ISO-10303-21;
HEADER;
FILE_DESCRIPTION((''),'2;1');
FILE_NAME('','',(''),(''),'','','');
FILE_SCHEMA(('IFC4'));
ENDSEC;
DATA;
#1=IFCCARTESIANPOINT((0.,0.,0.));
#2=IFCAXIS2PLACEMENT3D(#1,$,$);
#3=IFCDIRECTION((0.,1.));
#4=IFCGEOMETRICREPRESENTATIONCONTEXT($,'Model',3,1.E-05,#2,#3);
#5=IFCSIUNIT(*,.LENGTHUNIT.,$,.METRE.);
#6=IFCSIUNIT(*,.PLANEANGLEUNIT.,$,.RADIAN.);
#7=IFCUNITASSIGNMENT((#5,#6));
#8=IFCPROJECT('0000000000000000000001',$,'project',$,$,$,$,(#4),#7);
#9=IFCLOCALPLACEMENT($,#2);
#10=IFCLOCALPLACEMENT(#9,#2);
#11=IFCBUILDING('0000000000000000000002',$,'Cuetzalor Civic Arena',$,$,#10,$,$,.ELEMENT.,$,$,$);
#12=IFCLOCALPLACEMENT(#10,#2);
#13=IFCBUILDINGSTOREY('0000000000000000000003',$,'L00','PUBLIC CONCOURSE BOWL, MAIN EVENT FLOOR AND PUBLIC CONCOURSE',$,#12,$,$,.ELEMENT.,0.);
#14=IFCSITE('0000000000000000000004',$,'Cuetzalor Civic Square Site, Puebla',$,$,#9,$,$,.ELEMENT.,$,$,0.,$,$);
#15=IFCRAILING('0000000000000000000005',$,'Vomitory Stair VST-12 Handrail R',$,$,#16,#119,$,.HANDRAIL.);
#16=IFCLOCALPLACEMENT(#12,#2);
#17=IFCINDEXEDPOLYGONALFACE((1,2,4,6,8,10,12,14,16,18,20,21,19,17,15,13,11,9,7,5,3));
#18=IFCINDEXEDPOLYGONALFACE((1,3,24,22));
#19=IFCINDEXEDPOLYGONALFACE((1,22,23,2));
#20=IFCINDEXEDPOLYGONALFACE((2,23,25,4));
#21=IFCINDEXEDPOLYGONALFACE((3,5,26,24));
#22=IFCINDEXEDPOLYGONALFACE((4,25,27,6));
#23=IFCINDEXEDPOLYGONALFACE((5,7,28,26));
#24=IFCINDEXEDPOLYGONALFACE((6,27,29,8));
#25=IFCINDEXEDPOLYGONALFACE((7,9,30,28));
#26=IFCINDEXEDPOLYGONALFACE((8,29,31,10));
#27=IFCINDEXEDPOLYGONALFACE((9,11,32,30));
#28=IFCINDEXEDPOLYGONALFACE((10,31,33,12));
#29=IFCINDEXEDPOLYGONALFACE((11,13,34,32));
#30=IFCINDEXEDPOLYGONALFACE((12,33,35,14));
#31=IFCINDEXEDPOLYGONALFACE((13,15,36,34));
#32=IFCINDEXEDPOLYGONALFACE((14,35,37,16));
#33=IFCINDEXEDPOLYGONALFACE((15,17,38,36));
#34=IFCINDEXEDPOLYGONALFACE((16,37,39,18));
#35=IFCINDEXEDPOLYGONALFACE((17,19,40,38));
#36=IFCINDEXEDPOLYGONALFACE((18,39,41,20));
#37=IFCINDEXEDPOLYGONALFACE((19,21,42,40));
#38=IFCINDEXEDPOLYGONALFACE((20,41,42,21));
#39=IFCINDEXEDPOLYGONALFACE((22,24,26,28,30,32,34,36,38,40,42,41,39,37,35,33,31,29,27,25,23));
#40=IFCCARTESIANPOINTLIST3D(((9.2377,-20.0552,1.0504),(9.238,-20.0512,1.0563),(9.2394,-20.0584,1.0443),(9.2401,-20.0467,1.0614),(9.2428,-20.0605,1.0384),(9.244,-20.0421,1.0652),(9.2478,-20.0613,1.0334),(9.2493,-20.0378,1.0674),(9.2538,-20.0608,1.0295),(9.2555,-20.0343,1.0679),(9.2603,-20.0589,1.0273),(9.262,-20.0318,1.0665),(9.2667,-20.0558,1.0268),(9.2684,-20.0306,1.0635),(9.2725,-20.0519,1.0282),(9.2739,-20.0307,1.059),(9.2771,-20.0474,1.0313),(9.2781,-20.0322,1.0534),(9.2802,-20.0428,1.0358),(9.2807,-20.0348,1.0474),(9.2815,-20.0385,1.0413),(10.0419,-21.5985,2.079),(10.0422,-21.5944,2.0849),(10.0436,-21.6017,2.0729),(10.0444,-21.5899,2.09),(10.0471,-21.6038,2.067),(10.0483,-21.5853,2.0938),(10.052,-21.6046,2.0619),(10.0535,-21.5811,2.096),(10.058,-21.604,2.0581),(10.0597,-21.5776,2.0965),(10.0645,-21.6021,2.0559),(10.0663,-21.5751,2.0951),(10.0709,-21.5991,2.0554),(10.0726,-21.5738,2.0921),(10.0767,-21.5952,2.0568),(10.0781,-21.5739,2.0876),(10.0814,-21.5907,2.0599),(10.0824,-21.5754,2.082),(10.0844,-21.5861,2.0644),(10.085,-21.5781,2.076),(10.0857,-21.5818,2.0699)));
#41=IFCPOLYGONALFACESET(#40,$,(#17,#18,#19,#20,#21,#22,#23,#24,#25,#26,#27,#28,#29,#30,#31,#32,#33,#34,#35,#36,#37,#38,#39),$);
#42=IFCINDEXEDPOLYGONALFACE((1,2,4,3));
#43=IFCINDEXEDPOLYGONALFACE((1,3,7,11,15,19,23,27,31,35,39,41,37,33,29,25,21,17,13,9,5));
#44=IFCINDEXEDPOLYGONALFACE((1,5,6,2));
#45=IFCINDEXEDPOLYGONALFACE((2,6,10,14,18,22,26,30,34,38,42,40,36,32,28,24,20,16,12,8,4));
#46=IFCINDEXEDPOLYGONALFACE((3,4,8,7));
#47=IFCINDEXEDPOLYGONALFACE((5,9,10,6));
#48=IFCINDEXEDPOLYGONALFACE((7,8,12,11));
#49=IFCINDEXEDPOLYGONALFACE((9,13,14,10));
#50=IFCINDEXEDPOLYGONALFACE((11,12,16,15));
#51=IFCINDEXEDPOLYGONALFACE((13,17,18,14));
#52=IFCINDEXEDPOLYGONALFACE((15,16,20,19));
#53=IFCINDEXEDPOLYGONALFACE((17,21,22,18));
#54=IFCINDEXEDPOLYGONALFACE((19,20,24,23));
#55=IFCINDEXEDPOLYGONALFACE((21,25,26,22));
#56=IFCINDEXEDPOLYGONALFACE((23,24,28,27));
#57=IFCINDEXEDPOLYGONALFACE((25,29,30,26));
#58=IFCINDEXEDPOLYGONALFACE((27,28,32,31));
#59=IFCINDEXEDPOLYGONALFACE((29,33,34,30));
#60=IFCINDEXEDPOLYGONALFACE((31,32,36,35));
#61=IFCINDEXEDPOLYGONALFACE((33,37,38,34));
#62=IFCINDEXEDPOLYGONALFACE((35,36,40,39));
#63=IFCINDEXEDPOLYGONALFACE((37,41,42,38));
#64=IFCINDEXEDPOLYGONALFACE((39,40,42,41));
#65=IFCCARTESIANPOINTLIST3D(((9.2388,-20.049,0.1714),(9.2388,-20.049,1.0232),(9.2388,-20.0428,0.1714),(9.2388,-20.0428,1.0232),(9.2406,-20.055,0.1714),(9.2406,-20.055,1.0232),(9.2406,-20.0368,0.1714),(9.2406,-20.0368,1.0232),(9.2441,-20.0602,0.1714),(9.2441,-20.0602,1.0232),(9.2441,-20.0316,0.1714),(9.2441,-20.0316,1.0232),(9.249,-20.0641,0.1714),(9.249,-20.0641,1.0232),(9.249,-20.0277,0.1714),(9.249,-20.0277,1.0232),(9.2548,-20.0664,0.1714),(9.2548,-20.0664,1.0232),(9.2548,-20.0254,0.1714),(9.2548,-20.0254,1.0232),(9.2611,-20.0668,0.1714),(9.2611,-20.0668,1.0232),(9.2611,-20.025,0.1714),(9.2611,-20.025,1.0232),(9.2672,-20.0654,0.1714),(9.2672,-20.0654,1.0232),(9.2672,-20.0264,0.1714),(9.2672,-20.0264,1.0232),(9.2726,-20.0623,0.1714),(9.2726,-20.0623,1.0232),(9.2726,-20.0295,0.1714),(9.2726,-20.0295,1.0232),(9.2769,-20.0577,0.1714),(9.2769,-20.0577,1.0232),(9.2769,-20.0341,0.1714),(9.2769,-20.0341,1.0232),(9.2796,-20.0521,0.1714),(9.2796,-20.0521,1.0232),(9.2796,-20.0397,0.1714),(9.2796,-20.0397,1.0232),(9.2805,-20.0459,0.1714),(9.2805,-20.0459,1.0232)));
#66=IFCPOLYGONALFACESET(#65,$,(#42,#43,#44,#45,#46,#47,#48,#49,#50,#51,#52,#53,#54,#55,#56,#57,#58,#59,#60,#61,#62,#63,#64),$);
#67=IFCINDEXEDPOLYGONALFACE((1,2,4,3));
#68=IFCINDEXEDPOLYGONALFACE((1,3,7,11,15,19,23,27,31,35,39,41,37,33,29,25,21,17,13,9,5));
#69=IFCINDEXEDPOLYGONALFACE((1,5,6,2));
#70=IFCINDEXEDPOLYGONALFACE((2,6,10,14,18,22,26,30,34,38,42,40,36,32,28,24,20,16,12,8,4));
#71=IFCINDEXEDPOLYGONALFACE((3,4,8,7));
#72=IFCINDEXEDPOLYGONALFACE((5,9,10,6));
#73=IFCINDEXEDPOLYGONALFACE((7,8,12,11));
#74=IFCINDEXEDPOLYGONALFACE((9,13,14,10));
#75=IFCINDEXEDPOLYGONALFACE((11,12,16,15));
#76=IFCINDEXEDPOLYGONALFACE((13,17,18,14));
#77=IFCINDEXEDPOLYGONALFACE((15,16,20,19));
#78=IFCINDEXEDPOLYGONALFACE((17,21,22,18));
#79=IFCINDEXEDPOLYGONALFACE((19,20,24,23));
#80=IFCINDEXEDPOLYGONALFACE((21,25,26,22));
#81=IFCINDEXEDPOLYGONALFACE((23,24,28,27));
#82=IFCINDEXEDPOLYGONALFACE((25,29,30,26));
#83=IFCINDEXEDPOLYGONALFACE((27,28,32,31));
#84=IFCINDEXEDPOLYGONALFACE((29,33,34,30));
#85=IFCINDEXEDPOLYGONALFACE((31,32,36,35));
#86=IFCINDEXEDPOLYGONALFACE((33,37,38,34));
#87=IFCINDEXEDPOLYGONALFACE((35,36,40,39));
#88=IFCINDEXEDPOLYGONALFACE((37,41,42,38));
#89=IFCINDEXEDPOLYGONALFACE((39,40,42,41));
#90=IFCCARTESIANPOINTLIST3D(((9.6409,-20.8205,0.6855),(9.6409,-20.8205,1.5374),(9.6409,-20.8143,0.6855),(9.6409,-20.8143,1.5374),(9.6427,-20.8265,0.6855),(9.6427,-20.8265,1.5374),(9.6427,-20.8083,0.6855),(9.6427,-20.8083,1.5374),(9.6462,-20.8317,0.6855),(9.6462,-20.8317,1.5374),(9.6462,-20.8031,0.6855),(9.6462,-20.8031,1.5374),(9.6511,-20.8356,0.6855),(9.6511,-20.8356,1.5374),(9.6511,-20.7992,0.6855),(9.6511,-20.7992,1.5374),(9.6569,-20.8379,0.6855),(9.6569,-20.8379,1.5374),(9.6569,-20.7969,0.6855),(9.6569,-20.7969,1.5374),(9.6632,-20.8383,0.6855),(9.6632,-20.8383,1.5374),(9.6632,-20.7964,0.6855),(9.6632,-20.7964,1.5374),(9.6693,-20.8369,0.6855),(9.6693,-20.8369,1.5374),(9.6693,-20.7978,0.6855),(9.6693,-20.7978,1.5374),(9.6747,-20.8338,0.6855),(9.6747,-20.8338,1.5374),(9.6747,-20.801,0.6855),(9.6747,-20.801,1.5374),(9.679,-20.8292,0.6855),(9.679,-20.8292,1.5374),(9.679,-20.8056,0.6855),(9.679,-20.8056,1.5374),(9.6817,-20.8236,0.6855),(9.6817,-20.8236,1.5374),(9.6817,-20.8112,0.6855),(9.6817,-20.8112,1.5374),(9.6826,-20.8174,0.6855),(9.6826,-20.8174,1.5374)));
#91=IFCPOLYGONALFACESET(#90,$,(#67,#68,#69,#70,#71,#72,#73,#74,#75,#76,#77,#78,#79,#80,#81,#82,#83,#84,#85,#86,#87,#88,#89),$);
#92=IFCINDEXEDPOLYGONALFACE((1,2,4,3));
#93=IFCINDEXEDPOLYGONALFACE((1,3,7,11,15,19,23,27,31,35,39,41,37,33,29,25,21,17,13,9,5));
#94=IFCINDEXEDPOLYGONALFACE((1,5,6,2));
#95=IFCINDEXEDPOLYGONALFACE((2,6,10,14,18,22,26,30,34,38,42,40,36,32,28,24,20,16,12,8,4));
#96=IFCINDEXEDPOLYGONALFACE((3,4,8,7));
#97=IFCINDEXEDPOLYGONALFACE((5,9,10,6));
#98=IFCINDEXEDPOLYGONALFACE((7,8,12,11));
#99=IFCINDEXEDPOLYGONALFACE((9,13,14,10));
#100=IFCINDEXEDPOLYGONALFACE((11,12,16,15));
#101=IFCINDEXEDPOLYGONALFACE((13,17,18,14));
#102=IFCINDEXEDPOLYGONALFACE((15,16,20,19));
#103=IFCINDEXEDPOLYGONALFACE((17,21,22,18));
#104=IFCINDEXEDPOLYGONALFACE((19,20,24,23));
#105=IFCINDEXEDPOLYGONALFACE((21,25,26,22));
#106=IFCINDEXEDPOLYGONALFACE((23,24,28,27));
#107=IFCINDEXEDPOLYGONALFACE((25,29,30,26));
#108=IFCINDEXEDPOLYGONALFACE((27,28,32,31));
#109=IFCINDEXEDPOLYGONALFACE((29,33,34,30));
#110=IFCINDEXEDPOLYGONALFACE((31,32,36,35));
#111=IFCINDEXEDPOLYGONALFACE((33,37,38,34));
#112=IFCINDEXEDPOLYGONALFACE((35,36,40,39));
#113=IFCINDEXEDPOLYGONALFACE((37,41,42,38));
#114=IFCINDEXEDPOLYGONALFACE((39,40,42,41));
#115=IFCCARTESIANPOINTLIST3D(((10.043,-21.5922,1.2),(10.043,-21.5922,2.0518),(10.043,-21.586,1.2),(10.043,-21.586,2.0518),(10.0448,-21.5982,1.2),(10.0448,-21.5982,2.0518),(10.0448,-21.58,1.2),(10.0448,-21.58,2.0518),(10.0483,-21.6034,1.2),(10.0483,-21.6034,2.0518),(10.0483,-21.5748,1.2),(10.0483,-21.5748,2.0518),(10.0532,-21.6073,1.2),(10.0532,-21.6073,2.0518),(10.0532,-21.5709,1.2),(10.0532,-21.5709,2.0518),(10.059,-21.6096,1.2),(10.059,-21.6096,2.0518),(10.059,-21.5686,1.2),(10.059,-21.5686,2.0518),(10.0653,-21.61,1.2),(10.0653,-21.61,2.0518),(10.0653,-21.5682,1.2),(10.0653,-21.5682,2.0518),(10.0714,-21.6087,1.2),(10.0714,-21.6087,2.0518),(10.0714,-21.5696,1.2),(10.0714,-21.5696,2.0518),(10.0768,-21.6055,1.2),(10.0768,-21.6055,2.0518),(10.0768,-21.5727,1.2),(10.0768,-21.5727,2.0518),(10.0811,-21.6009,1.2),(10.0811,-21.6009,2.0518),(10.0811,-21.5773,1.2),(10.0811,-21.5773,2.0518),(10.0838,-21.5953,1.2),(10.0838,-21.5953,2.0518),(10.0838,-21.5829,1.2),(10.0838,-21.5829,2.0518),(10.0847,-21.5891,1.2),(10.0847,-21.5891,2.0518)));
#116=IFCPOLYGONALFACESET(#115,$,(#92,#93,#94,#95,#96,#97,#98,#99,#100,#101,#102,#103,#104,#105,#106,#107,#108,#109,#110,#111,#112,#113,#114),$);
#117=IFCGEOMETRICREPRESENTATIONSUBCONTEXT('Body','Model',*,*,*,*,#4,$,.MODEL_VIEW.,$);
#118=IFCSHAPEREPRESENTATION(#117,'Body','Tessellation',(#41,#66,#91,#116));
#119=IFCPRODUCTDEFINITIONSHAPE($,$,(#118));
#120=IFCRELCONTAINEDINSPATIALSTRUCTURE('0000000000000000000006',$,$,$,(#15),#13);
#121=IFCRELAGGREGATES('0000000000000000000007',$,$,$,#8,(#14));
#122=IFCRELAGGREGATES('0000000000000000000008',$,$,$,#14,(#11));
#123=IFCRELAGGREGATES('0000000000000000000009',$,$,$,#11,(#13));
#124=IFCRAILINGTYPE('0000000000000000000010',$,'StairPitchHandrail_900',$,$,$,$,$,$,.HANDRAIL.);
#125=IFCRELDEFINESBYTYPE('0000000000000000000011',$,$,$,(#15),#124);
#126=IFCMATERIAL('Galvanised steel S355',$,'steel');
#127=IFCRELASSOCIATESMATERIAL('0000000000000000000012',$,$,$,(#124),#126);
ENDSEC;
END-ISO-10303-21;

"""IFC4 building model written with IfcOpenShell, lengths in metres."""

from ifc_helpers import new_model, si_unit, direction, frame, origin, origin_2d, place, context, subcontext, project, spatial, circle, extrude, material, type_object, element, save


model = new_model("IFC4")

# Units and contexts
model_context = context("Model", 3, precision=1e-05, world=origin(), true_north=direction((0.0, 1.0)))
body_context = subcontext(model_context, "Body", "Model", "MODEL_VIEW")
ifc_project = project(units=[si_unit("LENGTHUNIT", "METRE"), si_unit("PLANEANGLEUNIT", "RADIAN")], contexts=[model_context])

# Site, building, storey
site_placement = place(None, origin())
site = spatial("IfcSite", under=ifc_project, at=site_placement, Name="Cuetzalor Civic Square Site, Puebla", CompositionType="ELEMENT", RefElevation=0.0)
building_placement = place(site_placement, origin())
building = spatial("IfcBuilding", under=site, at=building_placement, Name="Cuetzalor Civic Arena", CompositionType="ELEMENT")
storey_placement = place(building_placement, origin())
storey = spatial("IfcBuildingStorey", under=building, at=storey_placement, Name="L00", Description="PUBLIC CONCOURSE BOWL, MAIN EVENT FLOOR AND PUBLIC CONCOURSE", CompositionType="ELEMENT", Elevation=0.0)

# Railing
ifc_material_1 = material(Name="Galvanised steel S355", Category="steel")
railing_type_1 = type_object("IfcRailingType", Name="StairPitchHandrail_900", PredefinedType="HANDRAIL", material=ifc_material_1)
railing_1_placement = place(storey_placement, frame((9.2595, -20.0459, 0.1714)))
element("IfcRailing", 1, at=railing_1_placement, inside=storey, type_object=railing_type_1, Name="Vomitory Stair VST-12 Handrail R", PredefinedType="HANDRAIL", context=body_context, shape_type="SweptSolid", body=[
    extrude(circle(Radius=0.0239, at=origin_2d()), frame((0.0, 0.0, 0.876), z_axis=(0.397836, -0.763426, 0.50883), x_axis=(0.88681, 0.462134, 0.0)), (0.0, 0.0, 1.0), 2.0215),
    extrude(circle(Radius=0.021, at=origin_2d()), origin(), (0.0, 0.0, 1.0), 0.8518),
    extrude(circle(Radius=0.021, at=origin_2d()), frame((0.4021, -0.7715, 0.5142)), (0.0, 0.0, 1.0), 0.8518),
    extrude(circle(Radius=0.021, at=origin_2d()), frame((0.8042, -1.5432, 1.0286)), (0.0, 0.0, 1.0), 0.8518),
])

save(model, "model.ifc")
